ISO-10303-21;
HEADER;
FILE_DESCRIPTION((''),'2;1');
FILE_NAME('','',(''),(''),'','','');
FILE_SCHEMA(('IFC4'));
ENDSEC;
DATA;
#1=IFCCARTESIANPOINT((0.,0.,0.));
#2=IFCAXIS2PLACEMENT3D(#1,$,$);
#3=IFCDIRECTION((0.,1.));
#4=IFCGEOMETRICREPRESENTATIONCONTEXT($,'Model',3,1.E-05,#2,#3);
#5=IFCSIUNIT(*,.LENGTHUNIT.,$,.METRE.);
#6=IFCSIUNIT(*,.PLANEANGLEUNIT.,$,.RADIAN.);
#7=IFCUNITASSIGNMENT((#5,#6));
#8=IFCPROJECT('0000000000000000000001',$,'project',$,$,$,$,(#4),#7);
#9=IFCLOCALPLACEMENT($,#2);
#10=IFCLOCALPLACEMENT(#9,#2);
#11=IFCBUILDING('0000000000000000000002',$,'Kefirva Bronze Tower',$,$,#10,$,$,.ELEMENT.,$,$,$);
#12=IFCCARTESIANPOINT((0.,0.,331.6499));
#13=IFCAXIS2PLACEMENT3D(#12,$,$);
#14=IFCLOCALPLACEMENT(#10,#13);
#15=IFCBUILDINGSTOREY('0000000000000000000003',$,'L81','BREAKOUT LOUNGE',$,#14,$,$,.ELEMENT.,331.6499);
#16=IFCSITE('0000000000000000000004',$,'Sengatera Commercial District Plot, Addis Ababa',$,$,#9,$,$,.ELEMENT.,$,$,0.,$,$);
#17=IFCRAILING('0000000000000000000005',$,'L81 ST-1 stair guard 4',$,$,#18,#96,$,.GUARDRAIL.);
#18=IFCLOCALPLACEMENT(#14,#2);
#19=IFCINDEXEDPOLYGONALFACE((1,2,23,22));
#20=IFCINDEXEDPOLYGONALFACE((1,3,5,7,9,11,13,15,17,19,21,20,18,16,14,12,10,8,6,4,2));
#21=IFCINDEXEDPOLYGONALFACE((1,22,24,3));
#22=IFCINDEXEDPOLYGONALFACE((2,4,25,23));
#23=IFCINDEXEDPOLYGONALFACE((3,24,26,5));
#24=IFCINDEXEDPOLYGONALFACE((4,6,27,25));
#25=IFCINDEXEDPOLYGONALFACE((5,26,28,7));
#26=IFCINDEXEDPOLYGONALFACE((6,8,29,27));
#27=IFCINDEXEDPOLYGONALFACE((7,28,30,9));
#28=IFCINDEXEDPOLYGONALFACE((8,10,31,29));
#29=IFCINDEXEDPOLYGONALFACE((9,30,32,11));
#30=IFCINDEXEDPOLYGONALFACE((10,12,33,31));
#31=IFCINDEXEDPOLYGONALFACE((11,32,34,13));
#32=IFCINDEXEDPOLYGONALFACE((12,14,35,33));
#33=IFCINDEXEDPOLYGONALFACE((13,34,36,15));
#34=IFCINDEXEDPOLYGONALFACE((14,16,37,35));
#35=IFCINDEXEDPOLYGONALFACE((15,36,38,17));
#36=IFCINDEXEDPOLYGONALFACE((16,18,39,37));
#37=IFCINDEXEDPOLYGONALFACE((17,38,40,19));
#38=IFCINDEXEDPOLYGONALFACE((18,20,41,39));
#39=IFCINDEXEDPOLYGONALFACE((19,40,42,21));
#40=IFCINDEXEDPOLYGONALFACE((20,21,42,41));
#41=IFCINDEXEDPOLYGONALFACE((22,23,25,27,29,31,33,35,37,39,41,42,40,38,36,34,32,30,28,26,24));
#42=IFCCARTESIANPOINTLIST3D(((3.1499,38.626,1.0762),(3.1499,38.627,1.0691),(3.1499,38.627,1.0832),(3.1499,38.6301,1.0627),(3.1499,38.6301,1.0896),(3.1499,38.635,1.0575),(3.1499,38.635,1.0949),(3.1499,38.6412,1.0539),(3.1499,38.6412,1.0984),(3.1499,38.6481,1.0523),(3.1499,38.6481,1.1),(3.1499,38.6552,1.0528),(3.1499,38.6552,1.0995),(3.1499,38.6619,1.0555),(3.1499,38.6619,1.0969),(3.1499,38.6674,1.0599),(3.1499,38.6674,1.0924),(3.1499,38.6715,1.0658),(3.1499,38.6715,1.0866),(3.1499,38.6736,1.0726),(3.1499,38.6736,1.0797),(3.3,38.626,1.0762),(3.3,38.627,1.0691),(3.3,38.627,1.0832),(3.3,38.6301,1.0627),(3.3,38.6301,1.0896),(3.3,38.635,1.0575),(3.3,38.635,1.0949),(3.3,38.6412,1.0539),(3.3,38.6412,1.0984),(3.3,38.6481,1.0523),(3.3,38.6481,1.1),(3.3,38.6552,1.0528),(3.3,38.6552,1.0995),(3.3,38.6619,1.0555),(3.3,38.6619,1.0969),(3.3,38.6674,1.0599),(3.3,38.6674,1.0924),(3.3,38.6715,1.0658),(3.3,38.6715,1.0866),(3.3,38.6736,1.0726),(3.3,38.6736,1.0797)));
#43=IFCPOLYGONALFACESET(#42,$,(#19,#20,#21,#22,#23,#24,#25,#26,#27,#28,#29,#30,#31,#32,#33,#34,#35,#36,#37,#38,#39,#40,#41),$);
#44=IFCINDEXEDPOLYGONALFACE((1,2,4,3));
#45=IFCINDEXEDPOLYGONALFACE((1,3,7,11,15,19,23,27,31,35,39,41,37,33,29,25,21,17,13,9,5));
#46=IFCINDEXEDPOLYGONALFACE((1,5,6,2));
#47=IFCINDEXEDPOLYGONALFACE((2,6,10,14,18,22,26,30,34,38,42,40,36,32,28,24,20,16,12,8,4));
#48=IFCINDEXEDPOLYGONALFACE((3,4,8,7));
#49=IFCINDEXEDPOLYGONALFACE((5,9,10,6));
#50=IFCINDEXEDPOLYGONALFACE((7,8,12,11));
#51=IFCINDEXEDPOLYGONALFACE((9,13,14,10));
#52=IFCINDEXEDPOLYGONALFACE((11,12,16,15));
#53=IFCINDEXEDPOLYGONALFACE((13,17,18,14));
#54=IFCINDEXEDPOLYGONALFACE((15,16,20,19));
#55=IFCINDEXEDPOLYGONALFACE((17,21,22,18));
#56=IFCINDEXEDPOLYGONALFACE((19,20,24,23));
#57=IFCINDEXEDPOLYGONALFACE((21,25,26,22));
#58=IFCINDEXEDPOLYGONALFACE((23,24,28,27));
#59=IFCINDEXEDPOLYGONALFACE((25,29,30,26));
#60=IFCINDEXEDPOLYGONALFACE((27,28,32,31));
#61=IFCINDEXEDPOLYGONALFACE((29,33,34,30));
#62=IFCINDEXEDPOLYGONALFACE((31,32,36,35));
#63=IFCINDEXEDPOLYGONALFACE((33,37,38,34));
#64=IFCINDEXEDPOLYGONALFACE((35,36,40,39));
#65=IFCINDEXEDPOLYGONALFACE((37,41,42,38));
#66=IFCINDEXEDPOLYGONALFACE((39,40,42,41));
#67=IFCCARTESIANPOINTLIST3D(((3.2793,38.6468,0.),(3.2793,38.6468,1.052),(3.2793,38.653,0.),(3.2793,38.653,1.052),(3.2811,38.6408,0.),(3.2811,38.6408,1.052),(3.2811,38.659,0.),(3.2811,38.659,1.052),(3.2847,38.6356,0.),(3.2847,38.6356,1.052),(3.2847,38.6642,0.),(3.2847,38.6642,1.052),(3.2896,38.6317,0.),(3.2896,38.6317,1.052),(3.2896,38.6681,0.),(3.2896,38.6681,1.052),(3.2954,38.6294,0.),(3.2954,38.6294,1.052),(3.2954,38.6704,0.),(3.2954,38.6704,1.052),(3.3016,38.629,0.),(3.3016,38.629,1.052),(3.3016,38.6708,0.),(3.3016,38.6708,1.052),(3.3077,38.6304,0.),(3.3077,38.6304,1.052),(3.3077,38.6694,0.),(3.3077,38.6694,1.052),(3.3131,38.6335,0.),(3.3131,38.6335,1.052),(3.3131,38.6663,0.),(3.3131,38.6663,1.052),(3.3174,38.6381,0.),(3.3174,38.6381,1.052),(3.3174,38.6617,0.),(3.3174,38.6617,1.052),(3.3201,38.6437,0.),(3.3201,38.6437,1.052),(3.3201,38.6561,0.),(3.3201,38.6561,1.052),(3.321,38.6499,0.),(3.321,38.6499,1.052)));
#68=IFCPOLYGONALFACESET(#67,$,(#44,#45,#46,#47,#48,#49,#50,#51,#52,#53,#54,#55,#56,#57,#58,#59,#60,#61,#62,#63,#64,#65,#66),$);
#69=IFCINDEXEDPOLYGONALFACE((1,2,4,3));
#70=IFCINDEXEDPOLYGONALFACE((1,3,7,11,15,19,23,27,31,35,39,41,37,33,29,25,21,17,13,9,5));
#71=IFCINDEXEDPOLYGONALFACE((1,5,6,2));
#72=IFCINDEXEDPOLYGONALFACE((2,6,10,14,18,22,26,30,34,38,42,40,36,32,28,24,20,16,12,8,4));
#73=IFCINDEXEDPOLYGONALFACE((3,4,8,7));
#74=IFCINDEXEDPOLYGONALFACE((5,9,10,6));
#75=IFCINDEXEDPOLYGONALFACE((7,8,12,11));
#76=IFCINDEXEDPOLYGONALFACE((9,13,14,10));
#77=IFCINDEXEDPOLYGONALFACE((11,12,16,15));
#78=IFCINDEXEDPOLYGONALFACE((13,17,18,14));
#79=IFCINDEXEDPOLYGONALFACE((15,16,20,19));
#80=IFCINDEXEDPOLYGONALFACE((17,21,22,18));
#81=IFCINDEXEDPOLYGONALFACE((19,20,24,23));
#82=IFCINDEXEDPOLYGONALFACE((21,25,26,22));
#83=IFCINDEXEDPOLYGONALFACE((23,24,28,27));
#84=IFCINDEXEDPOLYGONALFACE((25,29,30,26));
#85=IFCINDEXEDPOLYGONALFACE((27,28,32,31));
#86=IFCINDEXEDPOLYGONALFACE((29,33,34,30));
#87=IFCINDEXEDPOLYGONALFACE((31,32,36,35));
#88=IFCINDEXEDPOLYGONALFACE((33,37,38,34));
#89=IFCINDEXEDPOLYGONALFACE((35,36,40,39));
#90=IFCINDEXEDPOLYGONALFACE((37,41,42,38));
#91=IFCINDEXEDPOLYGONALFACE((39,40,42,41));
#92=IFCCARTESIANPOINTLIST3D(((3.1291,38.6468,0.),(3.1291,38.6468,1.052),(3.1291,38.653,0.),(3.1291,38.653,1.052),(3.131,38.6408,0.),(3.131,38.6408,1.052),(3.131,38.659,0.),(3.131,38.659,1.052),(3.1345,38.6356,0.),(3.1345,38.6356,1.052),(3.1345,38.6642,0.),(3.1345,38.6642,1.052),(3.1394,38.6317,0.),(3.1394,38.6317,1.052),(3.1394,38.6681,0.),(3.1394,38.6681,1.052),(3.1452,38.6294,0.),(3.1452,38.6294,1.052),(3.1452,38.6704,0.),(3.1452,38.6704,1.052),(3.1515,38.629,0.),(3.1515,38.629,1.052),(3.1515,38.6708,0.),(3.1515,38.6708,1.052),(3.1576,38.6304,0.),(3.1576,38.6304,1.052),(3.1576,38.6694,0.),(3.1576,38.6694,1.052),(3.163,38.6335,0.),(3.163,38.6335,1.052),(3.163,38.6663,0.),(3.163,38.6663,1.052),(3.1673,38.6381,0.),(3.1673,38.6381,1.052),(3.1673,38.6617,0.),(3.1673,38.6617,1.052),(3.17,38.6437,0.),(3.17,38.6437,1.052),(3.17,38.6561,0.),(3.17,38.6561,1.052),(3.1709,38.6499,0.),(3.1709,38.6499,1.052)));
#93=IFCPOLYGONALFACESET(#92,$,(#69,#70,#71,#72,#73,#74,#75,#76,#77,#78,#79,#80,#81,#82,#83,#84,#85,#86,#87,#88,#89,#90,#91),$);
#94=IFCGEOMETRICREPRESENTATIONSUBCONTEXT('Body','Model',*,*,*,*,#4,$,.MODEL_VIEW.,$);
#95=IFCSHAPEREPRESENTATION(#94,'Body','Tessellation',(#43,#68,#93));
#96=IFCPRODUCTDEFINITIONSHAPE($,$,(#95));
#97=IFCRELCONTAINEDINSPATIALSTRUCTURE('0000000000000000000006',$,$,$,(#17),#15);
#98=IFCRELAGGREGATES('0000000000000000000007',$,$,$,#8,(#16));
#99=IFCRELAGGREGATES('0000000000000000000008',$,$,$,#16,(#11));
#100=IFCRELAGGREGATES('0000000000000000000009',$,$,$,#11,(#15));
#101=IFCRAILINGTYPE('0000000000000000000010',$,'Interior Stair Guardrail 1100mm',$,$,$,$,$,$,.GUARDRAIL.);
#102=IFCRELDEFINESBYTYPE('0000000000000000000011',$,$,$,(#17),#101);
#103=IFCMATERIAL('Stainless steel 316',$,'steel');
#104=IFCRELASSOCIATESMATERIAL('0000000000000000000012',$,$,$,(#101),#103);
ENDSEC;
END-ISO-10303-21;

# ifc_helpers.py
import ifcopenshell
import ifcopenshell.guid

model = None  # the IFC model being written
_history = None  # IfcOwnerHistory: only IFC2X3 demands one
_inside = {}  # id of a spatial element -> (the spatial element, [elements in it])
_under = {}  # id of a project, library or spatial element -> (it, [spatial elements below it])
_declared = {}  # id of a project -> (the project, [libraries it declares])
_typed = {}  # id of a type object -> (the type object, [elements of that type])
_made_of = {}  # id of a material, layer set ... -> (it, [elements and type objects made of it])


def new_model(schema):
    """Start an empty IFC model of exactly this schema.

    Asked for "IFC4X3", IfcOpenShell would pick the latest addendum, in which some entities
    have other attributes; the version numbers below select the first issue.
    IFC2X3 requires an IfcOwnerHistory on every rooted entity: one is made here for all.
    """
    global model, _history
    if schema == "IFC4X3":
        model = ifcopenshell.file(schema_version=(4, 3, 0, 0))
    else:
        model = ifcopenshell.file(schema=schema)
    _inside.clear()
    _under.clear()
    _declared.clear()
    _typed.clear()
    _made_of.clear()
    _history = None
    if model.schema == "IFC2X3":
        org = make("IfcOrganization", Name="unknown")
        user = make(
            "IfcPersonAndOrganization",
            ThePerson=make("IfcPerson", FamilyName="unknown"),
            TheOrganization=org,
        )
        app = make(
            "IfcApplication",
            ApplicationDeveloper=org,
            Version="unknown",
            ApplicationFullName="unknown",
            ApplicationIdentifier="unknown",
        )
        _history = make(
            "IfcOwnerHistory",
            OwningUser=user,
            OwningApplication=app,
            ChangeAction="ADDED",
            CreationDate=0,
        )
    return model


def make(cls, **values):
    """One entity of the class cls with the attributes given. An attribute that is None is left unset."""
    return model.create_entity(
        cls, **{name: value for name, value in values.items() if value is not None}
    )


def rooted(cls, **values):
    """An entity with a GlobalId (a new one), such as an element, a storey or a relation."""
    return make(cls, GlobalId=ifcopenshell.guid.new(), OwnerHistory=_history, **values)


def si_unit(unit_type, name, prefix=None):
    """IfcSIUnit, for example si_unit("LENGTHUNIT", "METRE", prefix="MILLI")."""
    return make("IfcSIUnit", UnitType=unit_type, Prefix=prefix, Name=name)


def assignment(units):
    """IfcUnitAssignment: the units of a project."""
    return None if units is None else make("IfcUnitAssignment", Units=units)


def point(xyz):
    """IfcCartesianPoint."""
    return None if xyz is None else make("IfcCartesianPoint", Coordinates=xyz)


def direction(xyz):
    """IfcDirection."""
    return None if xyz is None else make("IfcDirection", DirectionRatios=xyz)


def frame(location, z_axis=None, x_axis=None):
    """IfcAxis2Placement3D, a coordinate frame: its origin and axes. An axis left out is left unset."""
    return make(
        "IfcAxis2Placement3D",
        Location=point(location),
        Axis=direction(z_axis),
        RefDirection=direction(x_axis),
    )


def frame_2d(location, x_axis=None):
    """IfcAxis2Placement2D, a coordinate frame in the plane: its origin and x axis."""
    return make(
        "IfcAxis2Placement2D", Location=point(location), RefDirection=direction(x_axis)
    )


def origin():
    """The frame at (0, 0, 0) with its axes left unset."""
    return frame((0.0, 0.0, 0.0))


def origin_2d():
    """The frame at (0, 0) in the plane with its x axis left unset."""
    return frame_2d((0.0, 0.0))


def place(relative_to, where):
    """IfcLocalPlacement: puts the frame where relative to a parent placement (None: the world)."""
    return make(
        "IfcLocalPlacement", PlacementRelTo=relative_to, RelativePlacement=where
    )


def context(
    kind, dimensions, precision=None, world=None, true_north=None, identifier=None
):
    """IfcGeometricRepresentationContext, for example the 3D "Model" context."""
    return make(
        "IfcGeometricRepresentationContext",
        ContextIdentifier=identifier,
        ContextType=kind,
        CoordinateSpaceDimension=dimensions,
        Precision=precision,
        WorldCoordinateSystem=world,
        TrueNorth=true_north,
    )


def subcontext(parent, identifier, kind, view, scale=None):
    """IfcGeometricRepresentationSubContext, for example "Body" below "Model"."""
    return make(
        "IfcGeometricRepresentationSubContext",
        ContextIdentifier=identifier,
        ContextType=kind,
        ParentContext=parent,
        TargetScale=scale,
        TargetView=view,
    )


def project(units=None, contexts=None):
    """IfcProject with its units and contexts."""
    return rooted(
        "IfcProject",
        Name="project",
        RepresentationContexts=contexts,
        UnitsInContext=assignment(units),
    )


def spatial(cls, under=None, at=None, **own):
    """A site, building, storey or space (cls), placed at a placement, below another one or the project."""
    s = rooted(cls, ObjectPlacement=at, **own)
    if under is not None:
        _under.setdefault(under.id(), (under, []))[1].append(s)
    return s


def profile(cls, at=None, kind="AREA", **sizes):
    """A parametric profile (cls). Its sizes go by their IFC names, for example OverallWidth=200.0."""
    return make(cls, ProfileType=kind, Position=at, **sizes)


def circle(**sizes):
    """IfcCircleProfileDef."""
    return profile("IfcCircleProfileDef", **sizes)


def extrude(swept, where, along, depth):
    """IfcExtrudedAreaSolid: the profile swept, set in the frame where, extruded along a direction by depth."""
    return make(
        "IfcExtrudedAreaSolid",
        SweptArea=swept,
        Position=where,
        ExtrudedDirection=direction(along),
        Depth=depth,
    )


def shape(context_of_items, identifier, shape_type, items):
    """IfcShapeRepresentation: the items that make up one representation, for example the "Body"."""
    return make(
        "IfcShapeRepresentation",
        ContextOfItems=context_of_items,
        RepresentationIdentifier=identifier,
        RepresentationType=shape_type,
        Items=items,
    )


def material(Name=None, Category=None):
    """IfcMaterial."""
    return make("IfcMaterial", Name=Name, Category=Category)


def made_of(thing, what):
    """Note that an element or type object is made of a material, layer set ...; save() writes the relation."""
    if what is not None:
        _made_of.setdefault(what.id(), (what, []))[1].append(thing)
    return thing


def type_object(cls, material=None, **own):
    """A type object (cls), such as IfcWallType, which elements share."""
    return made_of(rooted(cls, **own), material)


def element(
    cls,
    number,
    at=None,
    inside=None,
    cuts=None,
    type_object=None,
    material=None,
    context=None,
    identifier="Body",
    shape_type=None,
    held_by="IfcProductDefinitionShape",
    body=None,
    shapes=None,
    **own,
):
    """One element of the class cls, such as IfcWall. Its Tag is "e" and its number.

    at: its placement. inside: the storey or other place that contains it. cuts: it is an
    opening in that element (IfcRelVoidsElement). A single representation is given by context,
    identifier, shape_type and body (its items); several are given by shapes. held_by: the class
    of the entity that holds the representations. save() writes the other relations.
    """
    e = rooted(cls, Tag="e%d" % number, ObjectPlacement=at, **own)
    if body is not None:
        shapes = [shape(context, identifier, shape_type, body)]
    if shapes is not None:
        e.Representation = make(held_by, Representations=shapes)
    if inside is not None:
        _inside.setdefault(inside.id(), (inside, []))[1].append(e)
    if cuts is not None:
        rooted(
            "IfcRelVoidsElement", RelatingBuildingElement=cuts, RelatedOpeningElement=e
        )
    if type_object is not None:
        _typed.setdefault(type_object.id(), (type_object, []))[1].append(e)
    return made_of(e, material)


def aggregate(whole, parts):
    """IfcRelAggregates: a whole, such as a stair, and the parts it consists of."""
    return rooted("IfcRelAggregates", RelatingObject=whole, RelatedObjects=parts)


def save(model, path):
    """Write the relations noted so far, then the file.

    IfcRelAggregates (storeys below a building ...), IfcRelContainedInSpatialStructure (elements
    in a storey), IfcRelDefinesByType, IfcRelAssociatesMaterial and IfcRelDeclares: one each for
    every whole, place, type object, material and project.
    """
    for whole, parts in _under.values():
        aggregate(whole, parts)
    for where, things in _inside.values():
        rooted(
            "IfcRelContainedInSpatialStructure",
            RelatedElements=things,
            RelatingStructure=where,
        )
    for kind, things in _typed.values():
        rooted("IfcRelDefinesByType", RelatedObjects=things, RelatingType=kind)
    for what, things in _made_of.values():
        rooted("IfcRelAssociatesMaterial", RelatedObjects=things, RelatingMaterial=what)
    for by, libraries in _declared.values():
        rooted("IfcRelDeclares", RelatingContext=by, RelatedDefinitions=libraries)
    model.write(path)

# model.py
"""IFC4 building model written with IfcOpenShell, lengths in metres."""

from ifc_helpers import new_model, si_unit, direction, frame, origin, origin_2d, place, context, subcontext, project, spatial, circle, extrude, material, type_object, element, save


model = new_model("IFC4")

# Units and contexts
model_context = context("Model", 3, precision=1e-05, world=origin(), true_north=direction((0.0, 1.0)))
body_context = subcontext(model_context, "Body", "Model", "MODEL_VIEW")
ifc_project = project(units=[si_unit("LENGTHUNIT", "METRE"), si_unit("PLANEANGLEUNIT", "RADIAN")], contexts=[model_context])

# Site, building, storey
site_placement = place(None, origin())
site = spatial("IfcSite", under=ifc_project, at=site_placement, Name="Sengatera Commercial District Plot, Addis Ababa", CompositionType="ELEMENT", RefElevation=0.0)
building_placement = place(site_placement, origin())
building = spatial("IfcBuilding", under=site, at=building_placement, Name="Kefirva Bronze Tower", CompositionType="ELEMENT")
storey_placement = place(building_placement, frame((0.0, 0.0, 331.6499)))
storey = spatial("IfcBuildingStorey", under=building, at=storey_placement, Name="L81", Description="BREAKOUT LOUNGE", CompositionType="ELEMENT", Elevation=331.6499)

# Railing
ifc_material_1 = material(Name="Stainless steel 316", Category="steel")
railing_type_1 = type_object("IfcRailingType", Name="Interior Stair Guardrail 1100mm", PredefinedType="GUARDRAIL", material=ifc_material_1)
railing_1_placement = place(storey_placement, frame((3.3, 38.6499, 0.0)))
element("IfcRailing", 1, at=railing_1_placement, inside=storey, type_object=railing_type_1, Name="L81 ST-1 stair guard 4", PredefinedType="GUARDRAIL", context=body_context, shape_type="SweptSolid", body=[
    extrude(circle(Radius=0.0239, at=origin_2d()), frame((0.0, 0.0, 1.0762), z_axis=(-1.0, 0.0, 0.0), x_axis=(0.0, -1.0, 0.0)), (0.0, 0.0, 1.0), 0.1501),
    extrude(circle(Radius=0.021, at=origin_2d()), origin(), (0.0, 0.0, 1.0), 1.052),
    extrude(circle(Radius=0.021, at=origin_2d()), frame((-0.1501, 0.0, 0.0)), (0.0, 0.0, 1.0), 1.052),
])

save(model, "model.ifc")
